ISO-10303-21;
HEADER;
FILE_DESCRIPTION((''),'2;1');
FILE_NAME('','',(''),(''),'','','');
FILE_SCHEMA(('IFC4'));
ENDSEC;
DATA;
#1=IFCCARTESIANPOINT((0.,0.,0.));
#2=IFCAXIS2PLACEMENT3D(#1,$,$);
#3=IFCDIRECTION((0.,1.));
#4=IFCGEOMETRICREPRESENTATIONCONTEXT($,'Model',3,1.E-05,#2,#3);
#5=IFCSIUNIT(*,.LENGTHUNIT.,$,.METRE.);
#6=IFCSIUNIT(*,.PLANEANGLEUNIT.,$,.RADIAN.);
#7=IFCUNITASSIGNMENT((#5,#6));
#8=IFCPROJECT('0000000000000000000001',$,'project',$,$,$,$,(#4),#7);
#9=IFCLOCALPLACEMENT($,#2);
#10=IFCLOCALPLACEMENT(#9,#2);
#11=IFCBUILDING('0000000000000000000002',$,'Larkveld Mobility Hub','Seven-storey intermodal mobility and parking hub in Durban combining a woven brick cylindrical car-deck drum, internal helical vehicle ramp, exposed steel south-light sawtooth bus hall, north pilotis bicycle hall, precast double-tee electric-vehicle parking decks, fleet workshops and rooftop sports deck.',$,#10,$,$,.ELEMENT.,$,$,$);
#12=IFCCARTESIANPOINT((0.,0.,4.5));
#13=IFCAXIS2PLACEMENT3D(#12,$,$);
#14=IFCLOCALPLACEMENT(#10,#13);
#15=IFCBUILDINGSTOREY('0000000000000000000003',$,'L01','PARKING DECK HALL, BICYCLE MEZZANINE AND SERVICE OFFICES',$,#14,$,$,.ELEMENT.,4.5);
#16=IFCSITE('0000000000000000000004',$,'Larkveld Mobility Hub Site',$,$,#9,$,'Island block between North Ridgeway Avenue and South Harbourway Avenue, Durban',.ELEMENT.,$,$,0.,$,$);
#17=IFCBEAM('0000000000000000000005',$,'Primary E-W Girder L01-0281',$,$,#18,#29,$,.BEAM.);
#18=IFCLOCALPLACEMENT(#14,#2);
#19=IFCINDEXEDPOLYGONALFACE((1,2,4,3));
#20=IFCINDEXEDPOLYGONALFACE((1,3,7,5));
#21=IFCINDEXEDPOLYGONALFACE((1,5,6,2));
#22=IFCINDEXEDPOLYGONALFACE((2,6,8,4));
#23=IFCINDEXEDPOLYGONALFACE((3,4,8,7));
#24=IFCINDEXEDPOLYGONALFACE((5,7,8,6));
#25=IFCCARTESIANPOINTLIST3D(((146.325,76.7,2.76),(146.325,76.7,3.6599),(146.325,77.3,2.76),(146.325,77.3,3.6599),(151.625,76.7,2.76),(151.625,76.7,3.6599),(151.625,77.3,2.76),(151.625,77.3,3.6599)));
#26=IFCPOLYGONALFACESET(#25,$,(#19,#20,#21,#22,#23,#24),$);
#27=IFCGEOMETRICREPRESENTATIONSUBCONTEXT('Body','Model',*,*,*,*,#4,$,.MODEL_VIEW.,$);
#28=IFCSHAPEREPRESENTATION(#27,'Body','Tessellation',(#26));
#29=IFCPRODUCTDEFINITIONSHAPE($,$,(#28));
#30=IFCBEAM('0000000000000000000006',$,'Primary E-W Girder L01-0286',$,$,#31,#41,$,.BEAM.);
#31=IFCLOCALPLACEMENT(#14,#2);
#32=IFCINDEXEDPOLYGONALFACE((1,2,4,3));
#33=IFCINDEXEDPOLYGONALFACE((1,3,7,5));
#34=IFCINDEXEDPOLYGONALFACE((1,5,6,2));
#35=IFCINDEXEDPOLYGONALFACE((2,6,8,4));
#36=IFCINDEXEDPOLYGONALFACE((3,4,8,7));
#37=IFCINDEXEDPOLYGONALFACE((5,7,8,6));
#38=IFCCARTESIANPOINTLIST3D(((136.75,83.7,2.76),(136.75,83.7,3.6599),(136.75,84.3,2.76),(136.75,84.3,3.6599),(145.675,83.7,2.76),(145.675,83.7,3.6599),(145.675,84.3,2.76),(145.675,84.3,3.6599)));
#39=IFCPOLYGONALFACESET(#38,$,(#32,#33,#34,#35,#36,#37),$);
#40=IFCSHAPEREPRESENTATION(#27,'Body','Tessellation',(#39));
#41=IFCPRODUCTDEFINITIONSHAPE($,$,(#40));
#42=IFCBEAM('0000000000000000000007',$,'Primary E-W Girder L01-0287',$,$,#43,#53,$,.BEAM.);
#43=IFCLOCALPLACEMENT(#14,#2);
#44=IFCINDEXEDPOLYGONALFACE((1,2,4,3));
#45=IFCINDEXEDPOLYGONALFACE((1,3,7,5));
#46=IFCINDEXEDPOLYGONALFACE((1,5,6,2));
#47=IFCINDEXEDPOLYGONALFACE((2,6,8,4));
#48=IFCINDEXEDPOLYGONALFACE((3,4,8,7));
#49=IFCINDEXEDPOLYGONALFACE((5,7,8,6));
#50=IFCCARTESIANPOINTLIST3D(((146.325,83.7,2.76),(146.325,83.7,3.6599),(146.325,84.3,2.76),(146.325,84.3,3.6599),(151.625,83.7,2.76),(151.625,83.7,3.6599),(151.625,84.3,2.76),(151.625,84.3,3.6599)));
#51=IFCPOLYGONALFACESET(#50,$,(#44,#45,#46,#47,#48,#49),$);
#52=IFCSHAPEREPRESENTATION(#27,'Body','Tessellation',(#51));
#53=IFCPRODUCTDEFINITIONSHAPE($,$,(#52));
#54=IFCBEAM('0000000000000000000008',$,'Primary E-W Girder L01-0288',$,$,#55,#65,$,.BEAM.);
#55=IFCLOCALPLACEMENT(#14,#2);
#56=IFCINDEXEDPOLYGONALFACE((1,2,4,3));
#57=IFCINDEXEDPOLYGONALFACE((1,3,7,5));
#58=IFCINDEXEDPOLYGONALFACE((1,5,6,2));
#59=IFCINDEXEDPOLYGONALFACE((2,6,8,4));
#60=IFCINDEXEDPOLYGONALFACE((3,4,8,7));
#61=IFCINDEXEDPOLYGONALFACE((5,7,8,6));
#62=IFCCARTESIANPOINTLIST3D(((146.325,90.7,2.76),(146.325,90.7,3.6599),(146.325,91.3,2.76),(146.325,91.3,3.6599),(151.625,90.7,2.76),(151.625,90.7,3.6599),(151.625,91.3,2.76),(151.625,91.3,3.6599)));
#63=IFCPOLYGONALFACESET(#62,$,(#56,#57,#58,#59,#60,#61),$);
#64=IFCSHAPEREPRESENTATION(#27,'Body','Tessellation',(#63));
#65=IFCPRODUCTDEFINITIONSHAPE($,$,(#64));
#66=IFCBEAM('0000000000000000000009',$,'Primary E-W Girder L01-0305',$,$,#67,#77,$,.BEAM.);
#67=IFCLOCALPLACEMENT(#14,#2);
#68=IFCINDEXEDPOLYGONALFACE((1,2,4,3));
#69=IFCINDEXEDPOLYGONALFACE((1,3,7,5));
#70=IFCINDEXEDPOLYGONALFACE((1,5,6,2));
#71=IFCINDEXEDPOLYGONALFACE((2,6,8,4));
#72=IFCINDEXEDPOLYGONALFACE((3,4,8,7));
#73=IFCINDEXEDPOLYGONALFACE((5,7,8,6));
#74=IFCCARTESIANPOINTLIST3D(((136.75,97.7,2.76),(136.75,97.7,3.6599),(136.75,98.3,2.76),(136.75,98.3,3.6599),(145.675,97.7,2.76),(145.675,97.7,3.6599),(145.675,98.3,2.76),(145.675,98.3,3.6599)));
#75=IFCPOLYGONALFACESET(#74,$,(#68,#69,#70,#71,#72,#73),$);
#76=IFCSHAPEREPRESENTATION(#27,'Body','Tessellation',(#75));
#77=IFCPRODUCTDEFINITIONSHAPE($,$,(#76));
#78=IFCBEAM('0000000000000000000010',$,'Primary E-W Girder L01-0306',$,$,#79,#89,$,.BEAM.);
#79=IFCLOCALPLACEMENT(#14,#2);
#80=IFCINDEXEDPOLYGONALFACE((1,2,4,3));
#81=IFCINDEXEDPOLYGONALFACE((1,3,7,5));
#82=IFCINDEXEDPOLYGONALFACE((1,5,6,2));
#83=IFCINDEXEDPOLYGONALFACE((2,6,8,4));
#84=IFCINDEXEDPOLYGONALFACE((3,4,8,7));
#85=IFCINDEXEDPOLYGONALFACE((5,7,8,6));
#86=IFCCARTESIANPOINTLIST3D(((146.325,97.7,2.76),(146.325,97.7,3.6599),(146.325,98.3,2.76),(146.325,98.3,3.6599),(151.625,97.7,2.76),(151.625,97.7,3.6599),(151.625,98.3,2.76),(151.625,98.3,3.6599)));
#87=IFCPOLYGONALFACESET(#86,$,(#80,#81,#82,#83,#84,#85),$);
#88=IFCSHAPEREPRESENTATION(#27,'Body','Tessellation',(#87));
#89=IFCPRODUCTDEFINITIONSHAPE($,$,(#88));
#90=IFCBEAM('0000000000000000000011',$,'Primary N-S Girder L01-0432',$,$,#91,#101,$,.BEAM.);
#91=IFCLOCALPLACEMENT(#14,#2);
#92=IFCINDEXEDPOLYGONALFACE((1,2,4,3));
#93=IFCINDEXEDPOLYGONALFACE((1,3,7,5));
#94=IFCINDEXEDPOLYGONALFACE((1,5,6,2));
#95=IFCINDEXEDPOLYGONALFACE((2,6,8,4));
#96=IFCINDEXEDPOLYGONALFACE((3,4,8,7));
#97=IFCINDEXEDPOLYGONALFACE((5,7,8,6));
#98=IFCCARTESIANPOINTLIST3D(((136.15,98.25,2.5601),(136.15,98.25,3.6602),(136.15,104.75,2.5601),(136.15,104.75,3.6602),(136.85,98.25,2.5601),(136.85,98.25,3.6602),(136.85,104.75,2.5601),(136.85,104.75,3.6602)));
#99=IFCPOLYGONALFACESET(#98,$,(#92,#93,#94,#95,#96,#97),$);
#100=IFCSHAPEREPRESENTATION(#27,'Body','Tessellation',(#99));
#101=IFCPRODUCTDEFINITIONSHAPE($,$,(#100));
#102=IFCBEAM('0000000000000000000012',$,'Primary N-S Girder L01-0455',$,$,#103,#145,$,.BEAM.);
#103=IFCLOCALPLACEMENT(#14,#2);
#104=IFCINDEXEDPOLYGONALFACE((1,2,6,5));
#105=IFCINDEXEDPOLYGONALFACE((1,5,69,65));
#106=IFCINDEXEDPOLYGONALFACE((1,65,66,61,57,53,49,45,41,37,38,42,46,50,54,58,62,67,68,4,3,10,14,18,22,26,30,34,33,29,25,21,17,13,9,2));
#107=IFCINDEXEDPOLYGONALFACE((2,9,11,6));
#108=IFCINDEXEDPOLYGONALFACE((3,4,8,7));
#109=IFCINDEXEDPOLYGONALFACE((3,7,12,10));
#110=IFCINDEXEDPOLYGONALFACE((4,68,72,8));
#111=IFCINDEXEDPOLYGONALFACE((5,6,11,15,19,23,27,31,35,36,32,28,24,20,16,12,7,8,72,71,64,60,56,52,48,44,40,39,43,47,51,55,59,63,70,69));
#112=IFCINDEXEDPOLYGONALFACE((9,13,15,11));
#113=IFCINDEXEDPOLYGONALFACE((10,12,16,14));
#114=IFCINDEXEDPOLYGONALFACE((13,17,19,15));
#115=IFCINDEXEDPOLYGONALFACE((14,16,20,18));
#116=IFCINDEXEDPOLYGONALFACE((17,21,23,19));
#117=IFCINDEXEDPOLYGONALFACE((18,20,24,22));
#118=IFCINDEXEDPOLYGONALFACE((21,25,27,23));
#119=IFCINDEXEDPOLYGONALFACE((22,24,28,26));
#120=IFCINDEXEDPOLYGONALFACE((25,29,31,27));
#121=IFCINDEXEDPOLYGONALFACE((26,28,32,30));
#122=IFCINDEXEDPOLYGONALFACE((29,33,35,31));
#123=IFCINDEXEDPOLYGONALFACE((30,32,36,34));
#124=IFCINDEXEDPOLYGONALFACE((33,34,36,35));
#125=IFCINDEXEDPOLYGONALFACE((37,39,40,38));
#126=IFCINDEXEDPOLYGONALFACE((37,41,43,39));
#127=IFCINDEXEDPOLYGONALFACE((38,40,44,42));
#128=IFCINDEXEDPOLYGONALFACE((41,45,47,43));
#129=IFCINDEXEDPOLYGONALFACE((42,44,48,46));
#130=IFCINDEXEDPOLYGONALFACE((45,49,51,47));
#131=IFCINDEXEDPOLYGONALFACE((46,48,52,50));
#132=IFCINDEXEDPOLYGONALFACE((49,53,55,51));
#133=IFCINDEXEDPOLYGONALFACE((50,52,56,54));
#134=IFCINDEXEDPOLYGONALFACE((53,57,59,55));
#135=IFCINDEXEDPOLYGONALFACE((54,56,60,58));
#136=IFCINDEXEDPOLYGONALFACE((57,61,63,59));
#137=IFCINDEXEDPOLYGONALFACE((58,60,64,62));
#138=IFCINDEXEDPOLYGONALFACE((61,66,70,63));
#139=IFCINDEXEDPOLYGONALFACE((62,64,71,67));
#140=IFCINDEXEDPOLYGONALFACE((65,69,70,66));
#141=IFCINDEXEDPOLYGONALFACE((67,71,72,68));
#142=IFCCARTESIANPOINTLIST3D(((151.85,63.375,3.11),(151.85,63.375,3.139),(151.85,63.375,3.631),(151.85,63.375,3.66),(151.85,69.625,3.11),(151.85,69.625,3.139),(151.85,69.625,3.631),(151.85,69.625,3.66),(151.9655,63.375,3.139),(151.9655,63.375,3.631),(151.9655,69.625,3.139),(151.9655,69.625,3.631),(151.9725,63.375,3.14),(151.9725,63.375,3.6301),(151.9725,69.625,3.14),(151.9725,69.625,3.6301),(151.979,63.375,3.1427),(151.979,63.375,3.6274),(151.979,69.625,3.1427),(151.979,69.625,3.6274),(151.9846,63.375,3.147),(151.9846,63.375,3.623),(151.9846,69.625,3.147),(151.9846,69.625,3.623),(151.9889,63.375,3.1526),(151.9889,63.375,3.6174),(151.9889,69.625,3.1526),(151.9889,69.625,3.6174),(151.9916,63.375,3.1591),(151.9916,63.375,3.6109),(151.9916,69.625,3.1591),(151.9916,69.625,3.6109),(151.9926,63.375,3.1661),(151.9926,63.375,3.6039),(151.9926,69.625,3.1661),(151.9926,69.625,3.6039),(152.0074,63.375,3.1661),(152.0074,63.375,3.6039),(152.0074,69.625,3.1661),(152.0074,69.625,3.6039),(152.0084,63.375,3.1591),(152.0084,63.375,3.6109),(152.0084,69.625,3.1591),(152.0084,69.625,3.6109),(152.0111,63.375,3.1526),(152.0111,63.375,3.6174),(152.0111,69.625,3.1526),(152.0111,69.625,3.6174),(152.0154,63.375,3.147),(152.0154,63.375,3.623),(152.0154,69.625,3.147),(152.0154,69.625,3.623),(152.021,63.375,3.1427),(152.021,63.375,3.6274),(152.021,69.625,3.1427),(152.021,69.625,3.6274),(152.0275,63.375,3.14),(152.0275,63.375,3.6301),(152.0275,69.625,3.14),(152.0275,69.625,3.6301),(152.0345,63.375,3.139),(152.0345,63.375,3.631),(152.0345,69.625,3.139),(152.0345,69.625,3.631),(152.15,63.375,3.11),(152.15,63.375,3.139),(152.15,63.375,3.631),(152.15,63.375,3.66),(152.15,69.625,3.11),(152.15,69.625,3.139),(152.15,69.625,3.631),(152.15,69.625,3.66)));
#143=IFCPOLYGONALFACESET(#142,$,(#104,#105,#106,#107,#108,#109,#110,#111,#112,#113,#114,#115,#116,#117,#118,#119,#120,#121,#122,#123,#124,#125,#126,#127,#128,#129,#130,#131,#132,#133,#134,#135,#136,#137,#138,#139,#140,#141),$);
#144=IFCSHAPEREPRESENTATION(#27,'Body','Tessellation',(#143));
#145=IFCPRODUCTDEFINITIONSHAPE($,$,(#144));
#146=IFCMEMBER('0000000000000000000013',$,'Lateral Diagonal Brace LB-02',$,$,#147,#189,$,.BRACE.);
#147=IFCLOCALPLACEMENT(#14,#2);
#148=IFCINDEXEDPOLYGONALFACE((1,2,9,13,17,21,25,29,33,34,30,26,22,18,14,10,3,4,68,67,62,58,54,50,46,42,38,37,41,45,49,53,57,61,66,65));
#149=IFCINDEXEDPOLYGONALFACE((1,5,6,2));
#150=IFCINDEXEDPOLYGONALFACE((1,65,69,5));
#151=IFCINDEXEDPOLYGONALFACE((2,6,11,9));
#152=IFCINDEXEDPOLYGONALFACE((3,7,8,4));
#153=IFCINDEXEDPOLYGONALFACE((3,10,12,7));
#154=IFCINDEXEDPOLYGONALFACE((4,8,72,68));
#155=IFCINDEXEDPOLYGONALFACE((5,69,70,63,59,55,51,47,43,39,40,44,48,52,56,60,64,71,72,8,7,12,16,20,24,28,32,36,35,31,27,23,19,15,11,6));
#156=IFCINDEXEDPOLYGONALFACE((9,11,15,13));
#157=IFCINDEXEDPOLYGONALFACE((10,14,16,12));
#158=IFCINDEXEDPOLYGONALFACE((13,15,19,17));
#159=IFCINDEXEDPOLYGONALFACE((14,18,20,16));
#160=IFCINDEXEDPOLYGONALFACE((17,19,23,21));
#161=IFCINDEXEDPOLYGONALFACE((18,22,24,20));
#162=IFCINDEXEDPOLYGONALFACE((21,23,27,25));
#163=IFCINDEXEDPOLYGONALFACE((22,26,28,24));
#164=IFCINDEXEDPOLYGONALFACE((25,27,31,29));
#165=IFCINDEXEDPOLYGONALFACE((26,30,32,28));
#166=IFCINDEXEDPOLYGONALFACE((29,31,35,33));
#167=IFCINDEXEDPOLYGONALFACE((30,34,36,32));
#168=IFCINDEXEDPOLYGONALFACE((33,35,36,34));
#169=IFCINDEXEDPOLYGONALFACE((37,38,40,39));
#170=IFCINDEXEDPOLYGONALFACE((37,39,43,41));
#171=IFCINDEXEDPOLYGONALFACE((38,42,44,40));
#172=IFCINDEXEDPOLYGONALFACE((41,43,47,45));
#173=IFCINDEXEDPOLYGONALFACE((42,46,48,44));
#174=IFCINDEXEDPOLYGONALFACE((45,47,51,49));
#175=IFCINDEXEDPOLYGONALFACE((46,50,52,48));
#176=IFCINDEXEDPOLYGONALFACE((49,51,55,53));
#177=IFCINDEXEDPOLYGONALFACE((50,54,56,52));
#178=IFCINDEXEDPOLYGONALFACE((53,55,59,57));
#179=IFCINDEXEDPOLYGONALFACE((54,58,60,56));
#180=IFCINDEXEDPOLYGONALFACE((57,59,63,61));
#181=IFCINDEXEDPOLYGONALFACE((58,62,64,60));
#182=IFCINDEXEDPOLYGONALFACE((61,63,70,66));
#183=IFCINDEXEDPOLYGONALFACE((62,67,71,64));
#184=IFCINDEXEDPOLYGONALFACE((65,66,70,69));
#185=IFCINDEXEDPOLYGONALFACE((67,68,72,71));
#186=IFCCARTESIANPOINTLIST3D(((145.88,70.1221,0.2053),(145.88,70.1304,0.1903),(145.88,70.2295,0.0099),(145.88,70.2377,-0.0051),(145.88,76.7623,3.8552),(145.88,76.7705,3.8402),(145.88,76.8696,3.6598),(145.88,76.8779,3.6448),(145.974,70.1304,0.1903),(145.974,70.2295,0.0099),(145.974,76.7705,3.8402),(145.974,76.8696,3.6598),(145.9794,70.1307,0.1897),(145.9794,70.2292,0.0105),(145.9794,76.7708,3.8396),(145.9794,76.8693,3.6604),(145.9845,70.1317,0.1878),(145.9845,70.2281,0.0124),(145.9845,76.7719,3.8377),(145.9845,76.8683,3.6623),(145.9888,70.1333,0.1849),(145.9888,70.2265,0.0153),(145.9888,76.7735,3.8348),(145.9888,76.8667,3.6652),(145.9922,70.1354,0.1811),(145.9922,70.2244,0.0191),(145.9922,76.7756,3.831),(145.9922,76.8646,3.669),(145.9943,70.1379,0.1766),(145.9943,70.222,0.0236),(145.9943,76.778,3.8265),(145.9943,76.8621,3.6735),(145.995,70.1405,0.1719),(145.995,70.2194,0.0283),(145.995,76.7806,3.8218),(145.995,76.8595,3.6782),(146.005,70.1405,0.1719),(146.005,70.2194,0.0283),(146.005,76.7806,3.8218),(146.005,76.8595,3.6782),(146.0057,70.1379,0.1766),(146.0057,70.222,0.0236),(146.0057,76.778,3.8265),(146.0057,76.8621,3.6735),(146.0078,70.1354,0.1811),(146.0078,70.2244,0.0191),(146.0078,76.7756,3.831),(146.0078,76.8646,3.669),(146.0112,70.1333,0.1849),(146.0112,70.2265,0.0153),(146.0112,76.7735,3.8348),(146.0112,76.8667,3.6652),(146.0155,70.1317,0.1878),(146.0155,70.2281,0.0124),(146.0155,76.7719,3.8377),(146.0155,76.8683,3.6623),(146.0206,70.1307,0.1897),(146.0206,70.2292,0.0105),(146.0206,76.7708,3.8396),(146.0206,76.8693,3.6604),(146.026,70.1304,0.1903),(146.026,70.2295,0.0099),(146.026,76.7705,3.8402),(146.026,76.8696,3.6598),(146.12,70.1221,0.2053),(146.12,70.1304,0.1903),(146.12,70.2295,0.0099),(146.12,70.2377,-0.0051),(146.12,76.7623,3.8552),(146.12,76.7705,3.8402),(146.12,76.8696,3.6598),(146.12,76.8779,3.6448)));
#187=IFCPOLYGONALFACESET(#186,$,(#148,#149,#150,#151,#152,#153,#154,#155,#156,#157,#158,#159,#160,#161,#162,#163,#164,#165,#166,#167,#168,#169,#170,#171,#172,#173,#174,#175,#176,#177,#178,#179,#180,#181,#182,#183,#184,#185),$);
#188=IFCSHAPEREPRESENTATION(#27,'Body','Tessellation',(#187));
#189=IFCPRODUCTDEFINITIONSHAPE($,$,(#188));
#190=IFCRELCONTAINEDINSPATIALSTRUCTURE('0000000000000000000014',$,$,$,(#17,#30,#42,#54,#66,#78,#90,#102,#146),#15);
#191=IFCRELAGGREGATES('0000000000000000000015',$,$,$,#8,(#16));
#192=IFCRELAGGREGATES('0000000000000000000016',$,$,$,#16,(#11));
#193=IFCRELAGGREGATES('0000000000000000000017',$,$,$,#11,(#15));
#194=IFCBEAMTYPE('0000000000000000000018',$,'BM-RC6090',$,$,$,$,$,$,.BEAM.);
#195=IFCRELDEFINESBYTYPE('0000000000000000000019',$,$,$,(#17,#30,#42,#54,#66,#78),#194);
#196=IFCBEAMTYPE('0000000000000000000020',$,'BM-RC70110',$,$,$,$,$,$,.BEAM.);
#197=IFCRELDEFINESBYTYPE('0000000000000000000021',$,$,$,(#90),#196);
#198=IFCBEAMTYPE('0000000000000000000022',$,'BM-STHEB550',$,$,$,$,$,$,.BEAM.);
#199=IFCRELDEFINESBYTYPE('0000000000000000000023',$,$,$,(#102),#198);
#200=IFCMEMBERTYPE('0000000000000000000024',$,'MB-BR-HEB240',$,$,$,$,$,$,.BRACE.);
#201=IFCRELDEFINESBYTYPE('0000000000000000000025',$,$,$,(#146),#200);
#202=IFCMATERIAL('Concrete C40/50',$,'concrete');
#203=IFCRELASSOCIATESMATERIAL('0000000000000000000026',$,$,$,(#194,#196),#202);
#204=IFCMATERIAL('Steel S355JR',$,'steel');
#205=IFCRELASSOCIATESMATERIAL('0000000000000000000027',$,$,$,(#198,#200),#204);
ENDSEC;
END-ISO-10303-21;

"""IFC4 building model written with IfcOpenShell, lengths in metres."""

from ifc_helpers import new_model, si_unit, direction, frame, origin, origin_2d, place, context, subcontext, project, spatial, rectangle, i_section, extrude, material, material_profile, profile_set, type_object, element, save


model = new_model("IFC4")

# Units and contexts
model_context = context("Model", 3, precision=1e-05, world=origin(), true_north=direction((0.0, 1.0)))
body_context = subcontext(model_context, "Body", "Model", "MODEL_VIEW")
ifc_project = project(units=[si_unit("LENGTHUNIT", "METRE"), si_unit("PLANEANGLEUNIT", "RADIAN")], contexts=[model_context])

# Site, building, storey
site_placement = place(None, origin())
site = spatial("IfcSite", under=ifc_project, at=site_placement, Name="Larkveld Mobility Hub Site", LongName="Island block between North Ridgeway Avenue and South Harbourway Avenue, Durban", CompositionType="ELEMENT", RefElevation=0.0)
building_placement = place(site_placement, origin())
building = spatial("IfcBuilding", under=site, at=building_placement, Name="Larkveld Mobility Hub", Description="Seven-storey intermodal mobility and parking hub in Durban combining a woven brick cylindrical car-deck drum, internal helical vehicle ramp, exposed steel south-light sawtooth bus hall, north pilotis bicycle hall, precast double-tee electric-vehicle parking decks, fleet workshops and rooftop sports deck.", CompositionType="ELEMENT")
storey_placement = place(building_placement, frame((0.0, 0.0, 4.5)))
storey = spatial("IfcBuildingStorey", under=building, at=storey_placement, Name="L01", Description="PARKING DECK HALL, BICYCLE MEZZANINE AND SERVICE OFFICES", CompositionType="ELEMENT", Elevation=4.5)

# Shared definitions
ifc_material_1 = material(Name="Concrete C40/50", Category="concrete")

# Beams
ifc_material_profile_1 = material_profile(ifc_material_1, rectangle(XDim=0.6001, YDim=0.8999, at=origin_2d()), Name="RC BM 600x900")
ifc_profile_set_1 = profile_set([ifc_material_profile_1], Name="Concrete C40/50")
beam_type_1 = type_object("IfcBeamType", Name="BM-RC6090", PredefinedType="BEAM", material=ifc_profile_set_1)
beam_1_placement = place(storey_placement, frame((146.325, 77.0, 3.21), z_axis=(1.0, 0.0, 0.0), x_axis=(0.0, 1.0, 0.0)))
element("IfcBeam", 1, at=beam_1_placement, inside=storey, type_object=beam_type_1, Name="Primary E-W Girder L01-0281", PredefinedType="BEAM", context=body_context, shape_type="SweptSolid", body=[
    extrude(rectangle(XDim=0.6001, YDim=0.8999, at=origin_2d()), origin(), (0.0, 0.0, 1.0), 5.3),
])
beam_2_placement = place(storey_placement, frame((136.75, 84.0, 3.21), z_axis=(1.0, 0.0, 0.0), x_axis=(0.0, 1.0, 0.0)))
element("IfcBeam", 2, at=beam_2_placement, inside=storey, type_object=beam_type_1, Name="Primary E-W Girder L01-0286", PredefinedType="BEAM", context=body_context, shape_type="SweptSolid", body=[
    extrude(rectangle(XDim=0.6001, YDim=0.8999, at=origin_2d()), origin(), (0.0, 0.0, 1.0), 8.925),
])
for number, where, z_axis, x_axis, name in (
    (3, (146.325, 84.0, 3.21), (1.0, 0.0, 0.0), (0.0, 1.0, 0.0), "Primary E-W Girder L01-0287"),
    (4, (146.325, 91.0, 3.21), (1.0, 0.0, 0.0), (0.0, 1.0, 0.0), "Primary E-W Girder L01-0288"),
):
    element("IfcBeam", number, at=place(storey_placement, frame(where, z_axis=z_axis, x_axis=x_axis)), inside=storey, type_object=beam_type_1, Name=name, PredefinedType="BEAM", context=body_context, shape_type="SweptSolid", body=[
        extrude(rectangle(XDim=0.6001, YDim=0.8999, at=origin_2d()), origin(), (0.0, 0.0, 1.0), 5.3),
    ])
beam_3_placement = place(storey_placement, frame((136.75, 98.0, 3.21), z_axis=(1.0, 0.0, 0.0), x_axis=(0.0, 1.0, 0.0)))
element("IfcBeam", 5, at=beam_3_placement, inside=storey, type_object=beam_type_1, Name="Primary E-W Girder L01-0305", PredefinedType="BEAM", context=body_context, shape_type="SweptSolid", body=[
    extrude(rectangle(XDim=0.6001, YDim=0.8999, at=origin_2d()), origin(), (0.0, 0.0, 1.0), 8.925),
])
beam_4_placement = place(storey_placement, frame((146.325, 98.0, 3.21), z_axis=(1.0, 0.0, 0.0), x_axis=(0.0, 1.0, 0.0)))
element("IfcBeam", 6, at=beam_4_placement, inside=storey, type_object=beam_type_1, Name="Primary E-W Girder L01-0306", PredefinedType="BEAM", context=body_context, shape_type="SweptSolid", body=[
    extrude(rectangle(XDim=0.6001, YDim=0.8999, at=origin_2d()), origin(), (0.0, 0.0, 1.0), 5.3),
])
ifc_material_profile_2 = material_profile(ifc_material_1, rectangle(XDim=0.7, YDim=1.1001, at=origin_2d()), Name="RC BM 700x1100")
ifc_profile_set_2 = profile_set([ifc_material_profile_2], Name="Concrete C40/50")
beam_type_2 = type_object("IfcBeamType", Name="BM-RC70110", PredefinedType="BEAM", material=ifc_profile_set_2)
beam_5_placement = place(storey_placement, frame((136.5, 98.25, 3.1101), z_axis=(0.0, 1.0, 0.0), x_axis=(-1.0, 0.0, 0.0)))
element("IfcBeam", 7, at=beam_5_placement, inside=storey, type_object=beam_type_2, Name="Primary N-S Girder L01-0432", PredefinedType="BEAM", context=body_context, shape_type="SweptSolid", body=[
    extrude(rectangle(XDim=0.7, YDim=1.1001, at=origin_2d()), origin(), (0.0, 0.0, 1.0), 6.5),
])
ifc_material_2 = material(Name="Steel S355JR", Category="steel")
ifc_material_profile_3 = material_profile(ifc_material_2, i_section(OverallWidth=0.3, OverallDepth=0.55, WebThickness=0.0149, FlangeThickness=0.0291, FilletRadius=0.0271, at=origin_2d()), Name="HEB 550")
ifc_profile_set_3 = profile_set([ifc_material_profile_3], Name="Steel S355JR")
beam_type_3 = type_object("IfcBeamType", Name="BM-STHEB550", PredefinedType="BEAM", material=ifc_profile_set_3)
beam_6_placement = place(storey_placement, frame((152.0, 63.375, 3.385), z_axis=(0.0, 1.0, 0.0), x_axis=(-1.0, 0.0, 0.0)))
element("IfcBeam", 8, at=beam_6_placement, inside=storey, type_object=beam_type_3, Name="Primary N-S Girder L01-0455", PredefinedType="BEAM", context=body_context, shape_type="SweptSolid", body=[
    extrude(i_section(OverallWidth=0.3, OverallDepth=0.55, WebThickness=0.0149, FlangeThickness=0.0291, FilletRadius=0.0271, at=origin_2d()), origin(), (0.0, 0.0, 1.0), 6.25),
])

# Member
ifc_material_profile_4 = material_profile(ifc_material_2, i_section(OverallWidth=0.24, OverallDepth=0.24, WebThickness=0.01, FlangeThickness=0.0171, FilletRadius=0.021, at=origin_2d()), Name="HEB 240")
ifc_profile_set_4 = profile_set([ifc_material_profile_4], Name="Steel S355JR")
member_type = type_object("IfcMemberType", Name="MB-BR-HEB240", PredefinedType="BRACE", material=ifc_profile_set_4)
for number, where, z_axis, x_axis, name in (
    (9, (146.0, 70.1799, 0.1001), (0.0, 0.876337, 0.481699), (-1.0, 0.0, 0.0), "Lateral Diagonal Brace LB-02"),
):
    element("IfcMember", number, at=place(storey_placement, frame(where, z_axis=z_axis, x_axis=x_axis)), inside=storey, type_object=member_type, Name=name, PredefinedType="BRACE", context=body_context, shape_type="SweptSolid", body=[
        extrude(i_section(OverallWidth=0.24, OverallDepth=0.24, WebThickness=0.01, FlangeThickness=0.0171, FilletRadius=0.021, at=origin_2d()), origin(), (0.0, 0.0, 1.0), 7.5771),
    ])

save(model, "model.ifc")
